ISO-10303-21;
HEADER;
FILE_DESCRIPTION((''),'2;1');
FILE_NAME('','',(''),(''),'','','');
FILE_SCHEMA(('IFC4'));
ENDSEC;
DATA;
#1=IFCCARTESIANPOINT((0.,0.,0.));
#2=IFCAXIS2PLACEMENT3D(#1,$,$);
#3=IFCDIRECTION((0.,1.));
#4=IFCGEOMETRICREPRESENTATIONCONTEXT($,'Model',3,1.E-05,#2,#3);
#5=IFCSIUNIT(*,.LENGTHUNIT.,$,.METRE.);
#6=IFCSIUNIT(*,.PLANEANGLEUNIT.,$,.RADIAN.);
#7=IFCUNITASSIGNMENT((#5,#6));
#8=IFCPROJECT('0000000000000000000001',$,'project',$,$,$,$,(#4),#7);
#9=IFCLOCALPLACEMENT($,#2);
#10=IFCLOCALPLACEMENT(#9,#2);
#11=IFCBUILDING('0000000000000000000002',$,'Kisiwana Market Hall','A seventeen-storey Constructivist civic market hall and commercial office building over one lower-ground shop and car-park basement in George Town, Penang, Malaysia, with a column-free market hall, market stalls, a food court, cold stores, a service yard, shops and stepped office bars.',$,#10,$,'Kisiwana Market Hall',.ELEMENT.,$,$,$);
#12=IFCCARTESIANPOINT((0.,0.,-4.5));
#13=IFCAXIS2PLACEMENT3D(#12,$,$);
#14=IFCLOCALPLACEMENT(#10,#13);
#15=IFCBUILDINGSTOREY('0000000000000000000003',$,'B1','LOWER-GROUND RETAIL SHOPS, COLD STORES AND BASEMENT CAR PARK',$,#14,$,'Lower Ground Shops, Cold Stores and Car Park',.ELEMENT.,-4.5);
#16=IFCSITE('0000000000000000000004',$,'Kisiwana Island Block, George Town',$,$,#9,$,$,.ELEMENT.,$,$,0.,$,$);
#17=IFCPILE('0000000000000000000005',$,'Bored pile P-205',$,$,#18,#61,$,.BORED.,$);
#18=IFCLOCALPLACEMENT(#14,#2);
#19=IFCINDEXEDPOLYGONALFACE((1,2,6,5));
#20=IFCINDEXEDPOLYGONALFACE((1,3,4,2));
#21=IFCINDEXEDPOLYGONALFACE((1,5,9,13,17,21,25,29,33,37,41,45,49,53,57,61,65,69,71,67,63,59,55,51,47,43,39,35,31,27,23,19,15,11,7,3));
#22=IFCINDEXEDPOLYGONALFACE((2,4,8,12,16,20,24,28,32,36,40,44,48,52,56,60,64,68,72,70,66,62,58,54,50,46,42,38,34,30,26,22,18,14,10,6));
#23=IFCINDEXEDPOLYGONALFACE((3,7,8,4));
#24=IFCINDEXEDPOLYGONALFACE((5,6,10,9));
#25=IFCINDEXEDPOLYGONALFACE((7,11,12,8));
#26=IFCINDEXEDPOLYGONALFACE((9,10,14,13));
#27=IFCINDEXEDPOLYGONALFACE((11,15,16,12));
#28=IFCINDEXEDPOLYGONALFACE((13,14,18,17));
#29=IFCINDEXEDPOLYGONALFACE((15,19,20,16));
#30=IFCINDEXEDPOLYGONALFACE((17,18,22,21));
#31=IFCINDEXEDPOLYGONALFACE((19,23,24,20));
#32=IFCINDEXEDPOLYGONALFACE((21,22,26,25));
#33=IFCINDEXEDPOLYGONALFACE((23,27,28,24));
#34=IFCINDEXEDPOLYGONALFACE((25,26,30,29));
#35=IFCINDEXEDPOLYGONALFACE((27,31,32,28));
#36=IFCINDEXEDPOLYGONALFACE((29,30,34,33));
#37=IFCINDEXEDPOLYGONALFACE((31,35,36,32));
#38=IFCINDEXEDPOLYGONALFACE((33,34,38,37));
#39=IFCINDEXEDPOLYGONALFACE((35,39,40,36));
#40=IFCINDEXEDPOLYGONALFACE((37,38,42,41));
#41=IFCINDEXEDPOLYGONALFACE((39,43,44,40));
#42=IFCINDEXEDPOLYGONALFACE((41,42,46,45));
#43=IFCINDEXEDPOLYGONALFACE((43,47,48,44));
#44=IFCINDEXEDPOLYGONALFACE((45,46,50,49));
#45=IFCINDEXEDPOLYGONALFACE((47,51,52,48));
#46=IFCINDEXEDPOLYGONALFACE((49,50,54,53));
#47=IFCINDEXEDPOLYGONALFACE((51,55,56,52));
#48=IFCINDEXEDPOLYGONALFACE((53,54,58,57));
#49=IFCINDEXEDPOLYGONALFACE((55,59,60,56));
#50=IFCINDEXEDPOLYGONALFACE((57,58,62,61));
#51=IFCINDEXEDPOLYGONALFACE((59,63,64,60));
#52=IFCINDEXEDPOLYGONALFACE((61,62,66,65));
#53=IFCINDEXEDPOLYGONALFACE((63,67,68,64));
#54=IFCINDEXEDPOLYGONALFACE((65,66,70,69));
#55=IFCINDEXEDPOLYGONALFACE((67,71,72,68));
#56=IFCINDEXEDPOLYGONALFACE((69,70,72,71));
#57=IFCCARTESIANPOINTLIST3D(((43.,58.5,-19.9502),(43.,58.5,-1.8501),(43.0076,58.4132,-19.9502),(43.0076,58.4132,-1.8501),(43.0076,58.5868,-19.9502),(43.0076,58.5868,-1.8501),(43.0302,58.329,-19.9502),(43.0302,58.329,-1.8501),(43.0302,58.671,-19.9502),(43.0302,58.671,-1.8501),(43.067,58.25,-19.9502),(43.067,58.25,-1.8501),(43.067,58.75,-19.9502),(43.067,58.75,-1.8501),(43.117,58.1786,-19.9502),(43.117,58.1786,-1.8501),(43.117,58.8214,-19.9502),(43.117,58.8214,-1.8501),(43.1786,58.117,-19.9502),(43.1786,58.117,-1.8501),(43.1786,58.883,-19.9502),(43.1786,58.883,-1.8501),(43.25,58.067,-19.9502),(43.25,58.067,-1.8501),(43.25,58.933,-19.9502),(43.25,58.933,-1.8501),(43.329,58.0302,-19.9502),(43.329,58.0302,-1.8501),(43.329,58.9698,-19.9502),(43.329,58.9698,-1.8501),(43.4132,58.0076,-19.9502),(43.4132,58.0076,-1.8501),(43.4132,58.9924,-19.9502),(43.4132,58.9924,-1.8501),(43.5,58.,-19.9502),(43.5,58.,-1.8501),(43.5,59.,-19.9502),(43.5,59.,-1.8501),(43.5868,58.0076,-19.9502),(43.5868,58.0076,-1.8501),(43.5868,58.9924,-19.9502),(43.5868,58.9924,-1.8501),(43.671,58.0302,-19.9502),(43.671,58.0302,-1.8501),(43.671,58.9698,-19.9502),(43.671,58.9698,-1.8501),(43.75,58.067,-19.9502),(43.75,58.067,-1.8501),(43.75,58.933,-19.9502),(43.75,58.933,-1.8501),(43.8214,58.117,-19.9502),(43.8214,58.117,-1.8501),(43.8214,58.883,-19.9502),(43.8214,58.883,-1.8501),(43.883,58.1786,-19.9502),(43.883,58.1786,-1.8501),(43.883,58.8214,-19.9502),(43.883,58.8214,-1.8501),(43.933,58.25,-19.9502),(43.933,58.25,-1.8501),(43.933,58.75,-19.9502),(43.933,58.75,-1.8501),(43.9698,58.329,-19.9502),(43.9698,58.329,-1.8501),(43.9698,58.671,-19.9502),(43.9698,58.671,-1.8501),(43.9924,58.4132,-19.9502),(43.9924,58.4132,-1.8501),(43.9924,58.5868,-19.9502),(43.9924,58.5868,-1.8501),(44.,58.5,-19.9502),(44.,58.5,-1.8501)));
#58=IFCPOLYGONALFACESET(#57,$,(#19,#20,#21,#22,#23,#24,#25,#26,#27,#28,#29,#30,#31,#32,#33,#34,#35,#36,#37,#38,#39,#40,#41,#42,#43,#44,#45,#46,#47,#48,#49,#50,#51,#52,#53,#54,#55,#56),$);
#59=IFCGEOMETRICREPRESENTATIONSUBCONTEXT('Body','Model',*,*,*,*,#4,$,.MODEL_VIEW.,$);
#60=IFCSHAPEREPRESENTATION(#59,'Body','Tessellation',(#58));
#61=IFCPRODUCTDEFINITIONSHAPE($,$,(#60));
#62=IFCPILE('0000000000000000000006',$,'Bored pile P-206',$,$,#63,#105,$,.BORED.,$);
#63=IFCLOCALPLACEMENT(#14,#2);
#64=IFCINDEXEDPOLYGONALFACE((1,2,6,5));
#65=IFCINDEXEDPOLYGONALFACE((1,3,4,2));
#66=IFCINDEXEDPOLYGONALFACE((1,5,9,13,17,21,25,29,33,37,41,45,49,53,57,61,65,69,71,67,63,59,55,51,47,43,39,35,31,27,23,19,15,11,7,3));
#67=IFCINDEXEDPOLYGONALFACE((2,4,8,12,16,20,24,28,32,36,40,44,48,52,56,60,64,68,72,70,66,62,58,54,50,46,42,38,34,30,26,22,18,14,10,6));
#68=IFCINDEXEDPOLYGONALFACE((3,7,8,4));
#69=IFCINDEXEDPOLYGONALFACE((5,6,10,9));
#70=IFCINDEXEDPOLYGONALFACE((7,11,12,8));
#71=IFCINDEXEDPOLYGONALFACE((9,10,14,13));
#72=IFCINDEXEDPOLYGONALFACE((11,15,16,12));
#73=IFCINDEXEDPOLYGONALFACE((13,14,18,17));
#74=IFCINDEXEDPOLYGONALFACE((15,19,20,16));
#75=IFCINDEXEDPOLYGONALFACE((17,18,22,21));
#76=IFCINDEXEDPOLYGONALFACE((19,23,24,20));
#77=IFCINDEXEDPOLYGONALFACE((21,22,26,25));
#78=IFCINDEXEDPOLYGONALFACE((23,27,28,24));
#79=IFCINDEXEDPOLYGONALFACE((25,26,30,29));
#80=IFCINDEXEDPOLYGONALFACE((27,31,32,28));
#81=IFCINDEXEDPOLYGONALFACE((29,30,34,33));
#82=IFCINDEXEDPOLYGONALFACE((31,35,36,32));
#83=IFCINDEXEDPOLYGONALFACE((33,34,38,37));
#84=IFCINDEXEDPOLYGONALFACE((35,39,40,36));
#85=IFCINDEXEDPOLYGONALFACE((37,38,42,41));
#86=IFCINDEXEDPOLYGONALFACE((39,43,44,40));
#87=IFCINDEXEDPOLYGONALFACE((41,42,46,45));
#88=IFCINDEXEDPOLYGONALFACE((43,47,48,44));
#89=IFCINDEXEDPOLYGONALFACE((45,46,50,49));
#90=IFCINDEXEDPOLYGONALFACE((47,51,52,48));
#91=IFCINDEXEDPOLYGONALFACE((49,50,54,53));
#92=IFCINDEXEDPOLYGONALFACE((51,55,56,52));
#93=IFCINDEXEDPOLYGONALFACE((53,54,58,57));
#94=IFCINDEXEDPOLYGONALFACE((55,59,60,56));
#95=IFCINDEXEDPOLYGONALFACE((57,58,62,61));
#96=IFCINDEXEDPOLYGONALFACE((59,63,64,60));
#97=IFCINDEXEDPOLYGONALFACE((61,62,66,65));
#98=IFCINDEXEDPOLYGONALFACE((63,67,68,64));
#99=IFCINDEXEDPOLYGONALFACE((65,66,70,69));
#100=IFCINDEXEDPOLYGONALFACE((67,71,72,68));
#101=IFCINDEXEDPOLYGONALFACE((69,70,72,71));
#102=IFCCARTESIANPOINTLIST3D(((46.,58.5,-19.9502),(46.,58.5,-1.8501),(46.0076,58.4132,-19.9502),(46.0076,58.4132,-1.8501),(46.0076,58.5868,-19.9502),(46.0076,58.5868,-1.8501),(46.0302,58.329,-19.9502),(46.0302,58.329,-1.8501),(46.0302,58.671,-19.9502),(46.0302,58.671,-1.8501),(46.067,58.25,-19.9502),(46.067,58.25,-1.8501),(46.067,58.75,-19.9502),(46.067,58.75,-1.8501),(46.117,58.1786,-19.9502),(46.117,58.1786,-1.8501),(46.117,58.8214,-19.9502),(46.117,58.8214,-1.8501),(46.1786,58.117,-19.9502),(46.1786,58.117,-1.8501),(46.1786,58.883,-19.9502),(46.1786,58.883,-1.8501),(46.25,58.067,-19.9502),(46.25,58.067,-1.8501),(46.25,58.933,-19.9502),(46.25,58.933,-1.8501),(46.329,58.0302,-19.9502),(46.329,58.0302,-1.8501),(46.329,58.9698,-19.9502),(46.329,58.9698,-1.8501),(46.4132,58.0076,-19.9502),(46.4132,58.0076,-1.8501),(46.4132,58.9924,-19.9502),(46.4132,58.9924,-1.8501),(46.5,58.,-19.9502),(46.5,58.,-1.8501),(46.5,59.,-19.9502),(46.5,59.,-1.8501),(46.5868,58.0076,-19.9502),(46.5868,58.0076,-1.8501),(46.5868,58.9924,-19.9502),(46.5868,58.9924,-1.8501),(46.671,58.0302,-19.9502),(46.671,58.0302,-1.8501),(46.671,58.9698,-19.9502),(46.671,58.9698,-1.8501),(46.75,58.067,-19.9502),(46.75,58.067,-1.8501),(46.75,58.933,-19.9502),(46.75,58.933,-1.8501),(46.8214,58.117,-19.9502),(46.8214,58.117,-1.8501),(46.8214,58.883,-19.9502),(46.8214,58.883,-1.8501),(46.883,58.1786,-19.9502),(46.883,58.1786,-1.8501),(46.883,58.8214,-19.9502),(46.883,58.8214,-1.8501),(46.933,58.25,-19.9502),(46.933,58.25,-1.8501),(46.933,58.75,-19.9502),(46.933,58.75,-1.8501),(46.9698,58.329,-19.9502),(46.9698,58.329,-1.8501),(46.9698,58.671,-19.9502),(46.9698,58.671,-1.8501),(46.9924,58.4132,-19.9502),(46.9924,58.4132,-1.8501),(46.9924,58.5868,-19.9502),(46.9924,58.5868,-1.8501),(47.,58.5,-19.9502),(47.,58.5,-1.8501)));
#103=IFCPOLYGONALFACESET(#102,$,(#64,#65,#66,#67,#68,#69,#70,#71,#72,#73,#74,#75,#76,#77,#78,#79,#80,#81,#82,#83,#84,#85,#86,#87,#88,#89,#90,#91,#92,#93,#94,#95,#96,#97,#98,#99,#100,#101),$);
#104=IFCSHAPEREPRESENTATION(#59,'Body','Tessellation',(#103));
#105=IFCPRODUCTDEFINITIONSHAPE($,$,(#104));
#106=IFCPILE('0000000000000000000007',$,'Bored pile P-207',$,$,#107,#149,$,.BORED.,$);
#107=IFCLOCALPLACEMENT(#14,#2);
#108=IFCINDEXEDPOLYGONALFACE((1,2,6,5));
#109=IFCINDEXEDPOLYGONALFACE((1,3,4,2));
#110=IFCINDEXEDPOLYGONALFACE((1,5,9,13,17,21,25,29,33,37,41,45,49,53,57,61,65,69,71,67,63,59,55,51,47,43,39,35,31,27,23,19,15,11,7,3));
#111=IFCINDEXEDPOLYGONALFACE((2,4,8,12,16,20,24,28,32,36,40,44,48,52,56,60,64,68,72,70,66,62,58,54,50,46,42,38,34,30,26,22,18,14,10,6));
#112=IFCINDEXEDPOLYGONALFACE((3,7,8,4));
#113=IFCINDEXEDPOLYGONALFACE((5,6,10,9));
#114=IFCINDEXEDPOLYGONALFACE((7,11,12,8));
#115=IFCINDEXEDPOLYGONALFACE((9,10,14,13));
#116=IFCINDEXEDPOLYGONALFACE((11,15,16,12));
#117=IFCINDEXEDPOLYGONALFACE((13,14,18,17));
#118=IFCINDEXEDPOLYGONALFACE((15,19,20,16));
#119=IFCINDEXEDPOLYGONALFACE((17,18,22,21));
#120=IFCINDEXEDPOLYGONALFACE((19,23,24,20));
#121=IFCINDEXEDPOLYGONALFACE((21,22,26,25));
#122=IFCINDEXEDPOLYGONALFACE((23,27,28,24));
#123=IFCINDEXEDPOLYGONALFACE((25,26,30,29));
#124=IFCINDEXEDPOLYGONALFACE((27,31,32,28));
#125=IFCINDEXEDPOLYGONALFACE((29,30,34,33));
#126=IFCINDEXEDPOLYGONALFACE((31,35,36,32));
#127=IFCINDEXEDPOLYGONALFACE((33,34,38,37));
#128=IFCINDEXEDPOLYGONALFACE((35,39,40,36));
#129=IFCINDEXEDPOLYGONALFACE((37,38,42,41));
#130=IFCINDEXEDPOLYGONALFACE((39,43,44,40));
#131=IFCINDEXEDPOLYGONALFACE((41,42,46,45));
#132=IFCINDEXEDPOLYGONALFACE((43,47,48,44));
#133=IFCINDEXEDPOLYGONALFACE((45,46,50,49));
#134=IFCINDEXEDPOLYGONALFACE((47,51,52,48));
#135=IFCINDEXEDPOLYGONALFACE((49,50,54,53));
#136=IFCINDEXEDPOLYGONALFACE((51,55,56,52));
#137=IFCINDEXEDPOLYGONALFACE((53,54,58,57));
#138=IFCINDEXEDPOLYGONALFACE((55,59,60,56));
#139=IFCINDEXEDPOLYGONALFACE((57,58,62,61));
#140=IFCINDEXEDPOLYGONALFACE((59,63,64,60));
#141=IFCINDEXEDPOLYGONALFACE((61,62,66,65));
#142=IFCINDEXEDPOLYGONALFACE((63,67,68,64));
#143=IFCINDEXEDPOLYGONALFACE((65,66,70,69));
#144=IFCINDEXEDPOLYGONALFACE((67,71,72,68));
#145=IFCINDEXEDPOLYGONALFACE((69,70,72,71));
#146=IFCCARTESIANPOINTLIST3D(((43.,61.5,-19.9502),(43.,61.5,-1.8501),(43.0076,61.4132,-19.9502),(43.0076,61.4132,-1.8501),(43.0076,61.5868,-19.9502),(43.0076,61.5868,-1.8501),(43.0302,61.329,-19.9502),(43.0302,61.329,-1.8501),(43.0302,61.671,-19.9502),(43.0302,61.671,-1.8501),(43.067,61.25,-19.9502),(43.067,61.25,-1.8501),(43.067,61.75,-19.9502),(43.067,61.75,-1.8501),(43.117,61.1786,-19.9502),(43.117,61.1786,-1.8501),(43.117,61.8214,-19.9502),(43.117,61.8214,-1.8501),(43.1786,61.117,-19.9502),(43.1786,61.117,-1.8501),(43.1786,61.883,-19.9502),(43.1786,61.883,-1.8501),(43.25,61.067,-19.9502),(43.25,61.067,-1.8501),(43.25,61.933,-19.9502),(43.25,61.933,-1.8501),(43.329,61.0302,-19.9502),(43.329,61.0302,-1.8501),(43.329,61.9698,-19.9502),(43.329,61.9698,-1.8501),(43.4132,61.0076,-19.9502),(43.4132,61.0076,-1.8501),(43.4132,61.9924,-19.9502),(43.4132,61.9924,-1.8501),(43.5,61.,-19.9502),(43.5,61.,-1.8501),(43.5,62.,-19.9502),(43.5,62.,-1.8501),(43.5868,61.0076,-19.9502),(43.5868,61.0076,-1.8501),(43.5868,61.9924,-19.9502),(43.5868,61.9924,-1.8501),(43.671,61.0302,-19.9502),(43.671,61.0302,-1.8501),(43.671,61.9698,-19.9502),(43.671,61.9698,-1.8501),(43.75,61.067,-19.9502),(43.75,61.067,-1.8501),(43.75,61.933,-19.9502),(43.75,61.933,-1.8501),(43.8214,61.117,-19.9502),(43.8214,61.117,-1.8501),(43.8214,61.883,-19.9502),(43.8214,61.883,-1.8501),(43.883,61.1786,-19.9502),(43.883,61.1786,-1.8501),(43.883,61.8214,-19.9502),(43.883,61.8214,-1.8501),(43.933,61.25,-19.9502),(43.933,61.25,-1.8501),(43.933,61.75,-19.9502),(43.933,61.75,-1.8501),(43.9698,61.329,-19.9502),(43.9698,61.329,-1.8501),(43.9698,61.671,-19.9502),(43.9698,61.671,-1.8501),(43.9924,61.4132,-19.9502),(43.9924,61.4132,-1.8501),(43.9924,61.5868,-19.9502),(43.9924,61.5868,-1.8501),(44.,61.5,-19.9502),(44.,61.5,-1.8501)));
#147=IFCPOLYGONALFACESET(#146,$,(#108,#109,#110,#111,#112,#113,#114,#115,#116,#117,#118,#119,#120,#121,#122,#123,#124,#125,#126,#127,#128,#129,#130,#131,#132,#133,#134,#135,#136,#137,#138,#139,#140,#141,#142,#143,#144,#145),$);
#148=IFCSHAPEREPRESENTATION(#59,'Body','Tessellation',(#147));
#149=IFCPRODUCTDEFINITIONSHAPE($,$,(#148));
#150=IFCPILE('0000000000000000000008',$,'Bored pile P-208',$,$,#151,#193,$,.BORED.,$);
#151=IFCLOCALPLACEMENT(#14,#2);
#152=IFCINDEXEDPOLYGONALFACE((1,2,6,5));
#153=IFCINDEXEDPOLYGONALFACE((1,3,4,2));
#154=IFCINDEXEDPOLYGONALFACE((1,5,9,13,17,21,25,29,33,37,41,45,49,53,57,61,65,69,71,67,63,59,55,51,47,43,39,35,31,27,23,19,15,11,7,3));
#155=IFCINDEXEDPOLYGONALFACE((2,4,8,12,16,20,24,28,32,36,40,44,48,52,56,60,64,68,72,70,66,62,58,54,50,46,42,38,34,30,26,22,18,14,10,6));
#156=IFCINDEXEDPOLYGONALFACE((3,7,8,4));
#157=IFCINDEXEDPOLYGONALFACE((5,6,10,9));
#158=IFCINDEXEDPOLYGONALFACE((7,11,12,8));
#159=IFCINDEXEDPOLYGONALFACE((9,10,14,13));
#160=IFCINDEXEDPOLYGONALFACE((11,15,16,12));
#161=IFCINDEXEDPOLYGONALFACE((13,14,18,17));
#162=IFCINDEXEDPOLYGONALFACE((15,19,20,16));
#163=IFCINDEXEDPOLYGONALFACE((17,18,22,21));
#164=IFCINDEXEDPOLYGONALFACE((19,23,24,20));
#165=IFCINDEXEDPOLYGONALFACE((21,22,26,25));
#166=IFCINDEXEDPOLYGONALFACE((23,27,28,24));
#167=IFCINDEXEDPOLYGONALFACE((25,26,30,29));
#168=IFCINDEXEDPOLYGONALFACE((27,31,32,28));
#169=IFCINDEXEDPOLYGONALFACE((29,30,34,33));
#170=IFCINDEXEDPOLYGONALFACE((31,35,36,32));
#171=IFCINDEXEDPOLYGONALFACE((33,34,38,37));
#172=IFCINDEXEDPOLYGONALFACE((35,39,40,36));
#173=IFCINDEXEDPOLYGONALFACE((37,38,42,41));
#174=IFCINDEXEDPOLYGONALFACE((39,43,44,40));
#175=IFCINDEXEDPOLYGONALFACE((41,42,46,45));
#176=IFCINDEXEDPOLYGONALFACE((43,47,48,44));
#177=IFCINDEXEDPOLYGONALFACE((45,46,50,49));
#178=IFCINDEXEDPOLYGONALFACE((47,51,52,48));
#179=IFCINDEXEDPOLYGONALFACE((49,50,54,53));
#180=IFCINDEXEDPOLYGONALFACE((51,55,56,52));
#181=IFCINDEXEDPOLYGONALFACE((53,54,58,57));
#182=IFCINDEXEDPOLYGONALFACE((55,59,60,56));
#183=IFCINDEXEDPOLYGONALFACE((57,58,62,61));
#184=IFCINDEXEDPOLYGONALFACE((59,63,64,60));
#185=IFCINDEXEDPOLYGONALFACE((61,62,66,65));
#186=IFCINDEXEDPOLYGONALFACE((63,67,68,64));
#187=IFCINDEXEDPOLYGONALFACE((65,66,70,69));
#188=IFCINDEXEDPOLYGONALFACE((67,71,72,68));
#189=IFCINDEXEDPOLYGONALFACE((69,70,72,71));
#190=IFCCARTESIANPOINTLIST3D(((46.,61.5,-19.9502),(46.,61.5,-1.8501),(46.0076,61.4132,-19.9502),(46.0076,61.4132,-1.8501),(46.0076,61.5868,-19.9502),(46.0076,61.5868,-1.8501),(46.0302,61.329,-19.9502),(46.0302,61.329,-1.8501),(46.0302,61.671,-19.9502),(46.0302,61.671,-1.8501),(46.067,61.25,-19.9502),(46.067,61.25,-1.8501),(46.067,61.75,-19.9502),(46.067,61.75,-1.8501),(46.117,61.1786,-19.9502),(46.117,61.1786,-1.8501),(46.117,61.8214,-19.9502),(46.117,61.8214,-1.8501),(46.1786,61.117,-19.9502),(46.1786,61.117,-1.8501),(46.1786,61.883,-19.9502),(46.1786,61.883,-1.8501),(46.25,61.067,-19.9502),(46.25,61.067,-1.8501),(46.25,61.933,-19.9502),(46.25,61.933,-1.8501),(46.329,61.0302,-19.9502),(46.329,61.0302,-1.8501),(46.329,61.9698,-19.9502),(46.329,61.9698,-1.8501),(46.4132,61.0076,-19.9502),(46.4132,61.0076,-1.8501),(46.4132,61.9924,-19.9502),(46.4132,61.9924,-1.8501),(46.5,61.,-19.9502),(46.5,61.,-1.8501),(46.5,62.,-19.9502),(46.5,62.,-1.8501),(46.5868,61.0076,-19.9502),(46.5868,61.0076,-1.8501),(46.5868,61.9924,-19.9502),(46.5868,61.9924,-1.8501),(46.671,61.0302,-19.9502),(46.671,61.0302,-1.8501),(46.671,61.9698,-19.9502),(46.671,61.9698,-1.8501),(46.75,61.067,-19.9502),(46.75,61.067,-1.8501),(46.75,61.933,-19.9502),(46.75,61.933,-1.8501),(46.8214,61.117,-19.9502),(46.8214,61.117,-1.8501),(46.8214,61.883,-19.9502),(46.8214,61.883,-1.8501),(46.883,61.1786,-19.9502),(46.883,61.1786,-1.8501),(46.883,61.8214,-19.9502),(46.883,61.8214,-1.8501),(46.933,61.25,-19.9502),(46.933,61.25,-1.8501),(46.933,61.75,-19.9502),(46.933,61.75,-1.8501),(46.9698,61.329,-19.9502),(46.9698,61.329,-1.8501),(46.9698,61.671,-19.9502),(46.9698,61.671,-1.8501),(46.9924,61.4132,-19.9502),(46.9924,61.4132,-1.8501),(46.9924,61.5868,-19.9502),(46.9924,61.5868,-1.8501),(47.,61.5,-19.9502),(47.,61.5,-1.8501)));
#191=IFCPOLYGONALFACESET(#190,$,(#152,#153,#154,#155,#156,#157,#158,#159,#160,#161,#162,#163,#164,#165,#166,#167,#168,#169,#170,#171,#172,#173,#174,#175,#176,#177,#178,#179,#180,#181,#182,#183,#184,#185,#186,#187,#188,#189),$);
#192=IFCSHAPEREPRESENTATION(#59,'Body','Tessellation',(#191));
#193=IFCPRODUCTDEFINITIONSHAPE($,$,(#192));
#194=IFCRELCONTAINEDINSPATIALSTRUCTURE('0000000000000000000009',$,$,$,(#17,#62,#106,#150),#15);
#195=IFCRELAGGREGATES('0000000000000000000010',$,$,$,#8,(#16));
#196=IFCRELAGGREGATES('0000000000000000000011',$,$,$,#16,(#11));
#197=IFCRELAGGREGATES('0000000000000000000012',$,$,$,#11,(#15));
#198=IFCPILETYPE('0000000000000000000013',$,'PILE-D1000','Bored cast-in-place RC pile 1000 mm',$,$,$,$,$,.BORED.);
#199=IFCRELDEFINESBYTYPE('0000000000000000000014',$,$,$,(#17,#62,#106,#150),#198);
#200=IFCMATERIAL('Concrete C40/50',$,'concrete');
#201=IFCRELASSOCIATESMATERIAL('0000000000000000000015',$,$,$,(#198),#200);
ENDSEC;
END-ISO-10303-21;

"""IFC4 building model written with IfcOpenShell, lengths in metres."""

from ifc_helpers import new_model, si_unit, direction, frame, origin, origin_2d, place, context, subcontext, project, spatial, circle, extrude, material, material_profile, profile_set, type_object, element, save


model = new_model("IFC4")

# Units and contexts
model_context = context("Model", 3, precision=1e-05, world=origin(), true_north=direction((0.0, 1.0)))
body_context = subcontext(model_context, "Body", "Model", "MODEL_VIEW")
ifc_project = project(units=[si_unit("LENGTHUNIT", "METRE"), si_unit("PLANEANGLEUNIT", "RADIAN")], contexts=[model_context])

# Site, building, storey
site_placement = place(None, origin())
site = spatial("IfcSite", under=ifc_project, at=site_placement, Name="Kisiwana Island Block, George Town", CompositionType="ELEMENT", RefElevation=0.0)
building_placement = place(site_placement, origin())
building = spatial("IfcBuilding", under=site, at=building_placement, Name="Kisiwana Market Hall", Description="A seventeen-storey Constructivist civic market hall and commercial office building over one lower-ground shop and car-park basement in George Town, Penang, Malaysia, with a column-free market hall, market stalls, a food court, cold stores, a service yard, shops and stepped office bars.", LongName="Kisiwana Market Hall", CompositionType="ELEMENT")
storey_placement = place(building_placement, frame((0.0, 0.0, -4.5)))
storey = spatial("IfcBuildingStorey", under=building, at=storey_placement, Name="B1", Description="LOWER-GROUND RETAIL SHOPS, COLD STORES AND BASEMENT CAR PARK", LongName="Lower Ground Shops, Cold Stores and Car Park", CompositionType="ELEMENT", Elevation=-4.5)

# Piles
ifc_material_1 = material(Name="Concrete C40/50", Category="concrete")
ifc_material_profile_1 = material_profile(ifc_material_1, circle(Radius=0.5, at=origin_2d()), Name="BP D1000")
ifc_profile_set_1 = profile_set([ifc_material_profile_1], Name="Concrete C40/50")
pile_type_1 = type_object("IfcPileType", Name="PILE-D1000", Description="Bored cast-in-place RC pile 1000 mm", PredefinedType="BORED", material=ifc_profile_set_1)
for number, where, z_axis, x_axis, name in (
    (1, (43.5, 58.5, -1.8501), (0.0, 0.0, -1.0), (1.0, 0.0, 0.0), "Bored pile P-205"),
    (2, (46.5, 58.5, -1.8501), (0.0, 0.0, -1.0), (1.0, 0.0, 0.0), "Bored pile P-206"),
    (3, (43.5, 61.5, -1.8501), (0.0, 0.0, -1.0), (1.0, 0.0, 0.0), "Bored pile P-207"),
    (4, (46.5, 61.5, -1.8501), (0.0, 0.0, -1.0), (1.0, 0.0, 0.0), "Bored pile P-208"),
):
    element("IfcPile", number, at=place(storey_placement, frame(where, z_axis=z_axis, x_axis=x_axis)), inside=storey, type_object=pile_type_1, Name=name, PredefinedType="BORED", context=body_context, shape_type="SweptSolid", body=[
        extrude(circle(Radius=0.5, at=origin_2d()), origin(), (0.0, 0.0, 1.0), 18.1001),
    ])

save(model, "model.ifc")
